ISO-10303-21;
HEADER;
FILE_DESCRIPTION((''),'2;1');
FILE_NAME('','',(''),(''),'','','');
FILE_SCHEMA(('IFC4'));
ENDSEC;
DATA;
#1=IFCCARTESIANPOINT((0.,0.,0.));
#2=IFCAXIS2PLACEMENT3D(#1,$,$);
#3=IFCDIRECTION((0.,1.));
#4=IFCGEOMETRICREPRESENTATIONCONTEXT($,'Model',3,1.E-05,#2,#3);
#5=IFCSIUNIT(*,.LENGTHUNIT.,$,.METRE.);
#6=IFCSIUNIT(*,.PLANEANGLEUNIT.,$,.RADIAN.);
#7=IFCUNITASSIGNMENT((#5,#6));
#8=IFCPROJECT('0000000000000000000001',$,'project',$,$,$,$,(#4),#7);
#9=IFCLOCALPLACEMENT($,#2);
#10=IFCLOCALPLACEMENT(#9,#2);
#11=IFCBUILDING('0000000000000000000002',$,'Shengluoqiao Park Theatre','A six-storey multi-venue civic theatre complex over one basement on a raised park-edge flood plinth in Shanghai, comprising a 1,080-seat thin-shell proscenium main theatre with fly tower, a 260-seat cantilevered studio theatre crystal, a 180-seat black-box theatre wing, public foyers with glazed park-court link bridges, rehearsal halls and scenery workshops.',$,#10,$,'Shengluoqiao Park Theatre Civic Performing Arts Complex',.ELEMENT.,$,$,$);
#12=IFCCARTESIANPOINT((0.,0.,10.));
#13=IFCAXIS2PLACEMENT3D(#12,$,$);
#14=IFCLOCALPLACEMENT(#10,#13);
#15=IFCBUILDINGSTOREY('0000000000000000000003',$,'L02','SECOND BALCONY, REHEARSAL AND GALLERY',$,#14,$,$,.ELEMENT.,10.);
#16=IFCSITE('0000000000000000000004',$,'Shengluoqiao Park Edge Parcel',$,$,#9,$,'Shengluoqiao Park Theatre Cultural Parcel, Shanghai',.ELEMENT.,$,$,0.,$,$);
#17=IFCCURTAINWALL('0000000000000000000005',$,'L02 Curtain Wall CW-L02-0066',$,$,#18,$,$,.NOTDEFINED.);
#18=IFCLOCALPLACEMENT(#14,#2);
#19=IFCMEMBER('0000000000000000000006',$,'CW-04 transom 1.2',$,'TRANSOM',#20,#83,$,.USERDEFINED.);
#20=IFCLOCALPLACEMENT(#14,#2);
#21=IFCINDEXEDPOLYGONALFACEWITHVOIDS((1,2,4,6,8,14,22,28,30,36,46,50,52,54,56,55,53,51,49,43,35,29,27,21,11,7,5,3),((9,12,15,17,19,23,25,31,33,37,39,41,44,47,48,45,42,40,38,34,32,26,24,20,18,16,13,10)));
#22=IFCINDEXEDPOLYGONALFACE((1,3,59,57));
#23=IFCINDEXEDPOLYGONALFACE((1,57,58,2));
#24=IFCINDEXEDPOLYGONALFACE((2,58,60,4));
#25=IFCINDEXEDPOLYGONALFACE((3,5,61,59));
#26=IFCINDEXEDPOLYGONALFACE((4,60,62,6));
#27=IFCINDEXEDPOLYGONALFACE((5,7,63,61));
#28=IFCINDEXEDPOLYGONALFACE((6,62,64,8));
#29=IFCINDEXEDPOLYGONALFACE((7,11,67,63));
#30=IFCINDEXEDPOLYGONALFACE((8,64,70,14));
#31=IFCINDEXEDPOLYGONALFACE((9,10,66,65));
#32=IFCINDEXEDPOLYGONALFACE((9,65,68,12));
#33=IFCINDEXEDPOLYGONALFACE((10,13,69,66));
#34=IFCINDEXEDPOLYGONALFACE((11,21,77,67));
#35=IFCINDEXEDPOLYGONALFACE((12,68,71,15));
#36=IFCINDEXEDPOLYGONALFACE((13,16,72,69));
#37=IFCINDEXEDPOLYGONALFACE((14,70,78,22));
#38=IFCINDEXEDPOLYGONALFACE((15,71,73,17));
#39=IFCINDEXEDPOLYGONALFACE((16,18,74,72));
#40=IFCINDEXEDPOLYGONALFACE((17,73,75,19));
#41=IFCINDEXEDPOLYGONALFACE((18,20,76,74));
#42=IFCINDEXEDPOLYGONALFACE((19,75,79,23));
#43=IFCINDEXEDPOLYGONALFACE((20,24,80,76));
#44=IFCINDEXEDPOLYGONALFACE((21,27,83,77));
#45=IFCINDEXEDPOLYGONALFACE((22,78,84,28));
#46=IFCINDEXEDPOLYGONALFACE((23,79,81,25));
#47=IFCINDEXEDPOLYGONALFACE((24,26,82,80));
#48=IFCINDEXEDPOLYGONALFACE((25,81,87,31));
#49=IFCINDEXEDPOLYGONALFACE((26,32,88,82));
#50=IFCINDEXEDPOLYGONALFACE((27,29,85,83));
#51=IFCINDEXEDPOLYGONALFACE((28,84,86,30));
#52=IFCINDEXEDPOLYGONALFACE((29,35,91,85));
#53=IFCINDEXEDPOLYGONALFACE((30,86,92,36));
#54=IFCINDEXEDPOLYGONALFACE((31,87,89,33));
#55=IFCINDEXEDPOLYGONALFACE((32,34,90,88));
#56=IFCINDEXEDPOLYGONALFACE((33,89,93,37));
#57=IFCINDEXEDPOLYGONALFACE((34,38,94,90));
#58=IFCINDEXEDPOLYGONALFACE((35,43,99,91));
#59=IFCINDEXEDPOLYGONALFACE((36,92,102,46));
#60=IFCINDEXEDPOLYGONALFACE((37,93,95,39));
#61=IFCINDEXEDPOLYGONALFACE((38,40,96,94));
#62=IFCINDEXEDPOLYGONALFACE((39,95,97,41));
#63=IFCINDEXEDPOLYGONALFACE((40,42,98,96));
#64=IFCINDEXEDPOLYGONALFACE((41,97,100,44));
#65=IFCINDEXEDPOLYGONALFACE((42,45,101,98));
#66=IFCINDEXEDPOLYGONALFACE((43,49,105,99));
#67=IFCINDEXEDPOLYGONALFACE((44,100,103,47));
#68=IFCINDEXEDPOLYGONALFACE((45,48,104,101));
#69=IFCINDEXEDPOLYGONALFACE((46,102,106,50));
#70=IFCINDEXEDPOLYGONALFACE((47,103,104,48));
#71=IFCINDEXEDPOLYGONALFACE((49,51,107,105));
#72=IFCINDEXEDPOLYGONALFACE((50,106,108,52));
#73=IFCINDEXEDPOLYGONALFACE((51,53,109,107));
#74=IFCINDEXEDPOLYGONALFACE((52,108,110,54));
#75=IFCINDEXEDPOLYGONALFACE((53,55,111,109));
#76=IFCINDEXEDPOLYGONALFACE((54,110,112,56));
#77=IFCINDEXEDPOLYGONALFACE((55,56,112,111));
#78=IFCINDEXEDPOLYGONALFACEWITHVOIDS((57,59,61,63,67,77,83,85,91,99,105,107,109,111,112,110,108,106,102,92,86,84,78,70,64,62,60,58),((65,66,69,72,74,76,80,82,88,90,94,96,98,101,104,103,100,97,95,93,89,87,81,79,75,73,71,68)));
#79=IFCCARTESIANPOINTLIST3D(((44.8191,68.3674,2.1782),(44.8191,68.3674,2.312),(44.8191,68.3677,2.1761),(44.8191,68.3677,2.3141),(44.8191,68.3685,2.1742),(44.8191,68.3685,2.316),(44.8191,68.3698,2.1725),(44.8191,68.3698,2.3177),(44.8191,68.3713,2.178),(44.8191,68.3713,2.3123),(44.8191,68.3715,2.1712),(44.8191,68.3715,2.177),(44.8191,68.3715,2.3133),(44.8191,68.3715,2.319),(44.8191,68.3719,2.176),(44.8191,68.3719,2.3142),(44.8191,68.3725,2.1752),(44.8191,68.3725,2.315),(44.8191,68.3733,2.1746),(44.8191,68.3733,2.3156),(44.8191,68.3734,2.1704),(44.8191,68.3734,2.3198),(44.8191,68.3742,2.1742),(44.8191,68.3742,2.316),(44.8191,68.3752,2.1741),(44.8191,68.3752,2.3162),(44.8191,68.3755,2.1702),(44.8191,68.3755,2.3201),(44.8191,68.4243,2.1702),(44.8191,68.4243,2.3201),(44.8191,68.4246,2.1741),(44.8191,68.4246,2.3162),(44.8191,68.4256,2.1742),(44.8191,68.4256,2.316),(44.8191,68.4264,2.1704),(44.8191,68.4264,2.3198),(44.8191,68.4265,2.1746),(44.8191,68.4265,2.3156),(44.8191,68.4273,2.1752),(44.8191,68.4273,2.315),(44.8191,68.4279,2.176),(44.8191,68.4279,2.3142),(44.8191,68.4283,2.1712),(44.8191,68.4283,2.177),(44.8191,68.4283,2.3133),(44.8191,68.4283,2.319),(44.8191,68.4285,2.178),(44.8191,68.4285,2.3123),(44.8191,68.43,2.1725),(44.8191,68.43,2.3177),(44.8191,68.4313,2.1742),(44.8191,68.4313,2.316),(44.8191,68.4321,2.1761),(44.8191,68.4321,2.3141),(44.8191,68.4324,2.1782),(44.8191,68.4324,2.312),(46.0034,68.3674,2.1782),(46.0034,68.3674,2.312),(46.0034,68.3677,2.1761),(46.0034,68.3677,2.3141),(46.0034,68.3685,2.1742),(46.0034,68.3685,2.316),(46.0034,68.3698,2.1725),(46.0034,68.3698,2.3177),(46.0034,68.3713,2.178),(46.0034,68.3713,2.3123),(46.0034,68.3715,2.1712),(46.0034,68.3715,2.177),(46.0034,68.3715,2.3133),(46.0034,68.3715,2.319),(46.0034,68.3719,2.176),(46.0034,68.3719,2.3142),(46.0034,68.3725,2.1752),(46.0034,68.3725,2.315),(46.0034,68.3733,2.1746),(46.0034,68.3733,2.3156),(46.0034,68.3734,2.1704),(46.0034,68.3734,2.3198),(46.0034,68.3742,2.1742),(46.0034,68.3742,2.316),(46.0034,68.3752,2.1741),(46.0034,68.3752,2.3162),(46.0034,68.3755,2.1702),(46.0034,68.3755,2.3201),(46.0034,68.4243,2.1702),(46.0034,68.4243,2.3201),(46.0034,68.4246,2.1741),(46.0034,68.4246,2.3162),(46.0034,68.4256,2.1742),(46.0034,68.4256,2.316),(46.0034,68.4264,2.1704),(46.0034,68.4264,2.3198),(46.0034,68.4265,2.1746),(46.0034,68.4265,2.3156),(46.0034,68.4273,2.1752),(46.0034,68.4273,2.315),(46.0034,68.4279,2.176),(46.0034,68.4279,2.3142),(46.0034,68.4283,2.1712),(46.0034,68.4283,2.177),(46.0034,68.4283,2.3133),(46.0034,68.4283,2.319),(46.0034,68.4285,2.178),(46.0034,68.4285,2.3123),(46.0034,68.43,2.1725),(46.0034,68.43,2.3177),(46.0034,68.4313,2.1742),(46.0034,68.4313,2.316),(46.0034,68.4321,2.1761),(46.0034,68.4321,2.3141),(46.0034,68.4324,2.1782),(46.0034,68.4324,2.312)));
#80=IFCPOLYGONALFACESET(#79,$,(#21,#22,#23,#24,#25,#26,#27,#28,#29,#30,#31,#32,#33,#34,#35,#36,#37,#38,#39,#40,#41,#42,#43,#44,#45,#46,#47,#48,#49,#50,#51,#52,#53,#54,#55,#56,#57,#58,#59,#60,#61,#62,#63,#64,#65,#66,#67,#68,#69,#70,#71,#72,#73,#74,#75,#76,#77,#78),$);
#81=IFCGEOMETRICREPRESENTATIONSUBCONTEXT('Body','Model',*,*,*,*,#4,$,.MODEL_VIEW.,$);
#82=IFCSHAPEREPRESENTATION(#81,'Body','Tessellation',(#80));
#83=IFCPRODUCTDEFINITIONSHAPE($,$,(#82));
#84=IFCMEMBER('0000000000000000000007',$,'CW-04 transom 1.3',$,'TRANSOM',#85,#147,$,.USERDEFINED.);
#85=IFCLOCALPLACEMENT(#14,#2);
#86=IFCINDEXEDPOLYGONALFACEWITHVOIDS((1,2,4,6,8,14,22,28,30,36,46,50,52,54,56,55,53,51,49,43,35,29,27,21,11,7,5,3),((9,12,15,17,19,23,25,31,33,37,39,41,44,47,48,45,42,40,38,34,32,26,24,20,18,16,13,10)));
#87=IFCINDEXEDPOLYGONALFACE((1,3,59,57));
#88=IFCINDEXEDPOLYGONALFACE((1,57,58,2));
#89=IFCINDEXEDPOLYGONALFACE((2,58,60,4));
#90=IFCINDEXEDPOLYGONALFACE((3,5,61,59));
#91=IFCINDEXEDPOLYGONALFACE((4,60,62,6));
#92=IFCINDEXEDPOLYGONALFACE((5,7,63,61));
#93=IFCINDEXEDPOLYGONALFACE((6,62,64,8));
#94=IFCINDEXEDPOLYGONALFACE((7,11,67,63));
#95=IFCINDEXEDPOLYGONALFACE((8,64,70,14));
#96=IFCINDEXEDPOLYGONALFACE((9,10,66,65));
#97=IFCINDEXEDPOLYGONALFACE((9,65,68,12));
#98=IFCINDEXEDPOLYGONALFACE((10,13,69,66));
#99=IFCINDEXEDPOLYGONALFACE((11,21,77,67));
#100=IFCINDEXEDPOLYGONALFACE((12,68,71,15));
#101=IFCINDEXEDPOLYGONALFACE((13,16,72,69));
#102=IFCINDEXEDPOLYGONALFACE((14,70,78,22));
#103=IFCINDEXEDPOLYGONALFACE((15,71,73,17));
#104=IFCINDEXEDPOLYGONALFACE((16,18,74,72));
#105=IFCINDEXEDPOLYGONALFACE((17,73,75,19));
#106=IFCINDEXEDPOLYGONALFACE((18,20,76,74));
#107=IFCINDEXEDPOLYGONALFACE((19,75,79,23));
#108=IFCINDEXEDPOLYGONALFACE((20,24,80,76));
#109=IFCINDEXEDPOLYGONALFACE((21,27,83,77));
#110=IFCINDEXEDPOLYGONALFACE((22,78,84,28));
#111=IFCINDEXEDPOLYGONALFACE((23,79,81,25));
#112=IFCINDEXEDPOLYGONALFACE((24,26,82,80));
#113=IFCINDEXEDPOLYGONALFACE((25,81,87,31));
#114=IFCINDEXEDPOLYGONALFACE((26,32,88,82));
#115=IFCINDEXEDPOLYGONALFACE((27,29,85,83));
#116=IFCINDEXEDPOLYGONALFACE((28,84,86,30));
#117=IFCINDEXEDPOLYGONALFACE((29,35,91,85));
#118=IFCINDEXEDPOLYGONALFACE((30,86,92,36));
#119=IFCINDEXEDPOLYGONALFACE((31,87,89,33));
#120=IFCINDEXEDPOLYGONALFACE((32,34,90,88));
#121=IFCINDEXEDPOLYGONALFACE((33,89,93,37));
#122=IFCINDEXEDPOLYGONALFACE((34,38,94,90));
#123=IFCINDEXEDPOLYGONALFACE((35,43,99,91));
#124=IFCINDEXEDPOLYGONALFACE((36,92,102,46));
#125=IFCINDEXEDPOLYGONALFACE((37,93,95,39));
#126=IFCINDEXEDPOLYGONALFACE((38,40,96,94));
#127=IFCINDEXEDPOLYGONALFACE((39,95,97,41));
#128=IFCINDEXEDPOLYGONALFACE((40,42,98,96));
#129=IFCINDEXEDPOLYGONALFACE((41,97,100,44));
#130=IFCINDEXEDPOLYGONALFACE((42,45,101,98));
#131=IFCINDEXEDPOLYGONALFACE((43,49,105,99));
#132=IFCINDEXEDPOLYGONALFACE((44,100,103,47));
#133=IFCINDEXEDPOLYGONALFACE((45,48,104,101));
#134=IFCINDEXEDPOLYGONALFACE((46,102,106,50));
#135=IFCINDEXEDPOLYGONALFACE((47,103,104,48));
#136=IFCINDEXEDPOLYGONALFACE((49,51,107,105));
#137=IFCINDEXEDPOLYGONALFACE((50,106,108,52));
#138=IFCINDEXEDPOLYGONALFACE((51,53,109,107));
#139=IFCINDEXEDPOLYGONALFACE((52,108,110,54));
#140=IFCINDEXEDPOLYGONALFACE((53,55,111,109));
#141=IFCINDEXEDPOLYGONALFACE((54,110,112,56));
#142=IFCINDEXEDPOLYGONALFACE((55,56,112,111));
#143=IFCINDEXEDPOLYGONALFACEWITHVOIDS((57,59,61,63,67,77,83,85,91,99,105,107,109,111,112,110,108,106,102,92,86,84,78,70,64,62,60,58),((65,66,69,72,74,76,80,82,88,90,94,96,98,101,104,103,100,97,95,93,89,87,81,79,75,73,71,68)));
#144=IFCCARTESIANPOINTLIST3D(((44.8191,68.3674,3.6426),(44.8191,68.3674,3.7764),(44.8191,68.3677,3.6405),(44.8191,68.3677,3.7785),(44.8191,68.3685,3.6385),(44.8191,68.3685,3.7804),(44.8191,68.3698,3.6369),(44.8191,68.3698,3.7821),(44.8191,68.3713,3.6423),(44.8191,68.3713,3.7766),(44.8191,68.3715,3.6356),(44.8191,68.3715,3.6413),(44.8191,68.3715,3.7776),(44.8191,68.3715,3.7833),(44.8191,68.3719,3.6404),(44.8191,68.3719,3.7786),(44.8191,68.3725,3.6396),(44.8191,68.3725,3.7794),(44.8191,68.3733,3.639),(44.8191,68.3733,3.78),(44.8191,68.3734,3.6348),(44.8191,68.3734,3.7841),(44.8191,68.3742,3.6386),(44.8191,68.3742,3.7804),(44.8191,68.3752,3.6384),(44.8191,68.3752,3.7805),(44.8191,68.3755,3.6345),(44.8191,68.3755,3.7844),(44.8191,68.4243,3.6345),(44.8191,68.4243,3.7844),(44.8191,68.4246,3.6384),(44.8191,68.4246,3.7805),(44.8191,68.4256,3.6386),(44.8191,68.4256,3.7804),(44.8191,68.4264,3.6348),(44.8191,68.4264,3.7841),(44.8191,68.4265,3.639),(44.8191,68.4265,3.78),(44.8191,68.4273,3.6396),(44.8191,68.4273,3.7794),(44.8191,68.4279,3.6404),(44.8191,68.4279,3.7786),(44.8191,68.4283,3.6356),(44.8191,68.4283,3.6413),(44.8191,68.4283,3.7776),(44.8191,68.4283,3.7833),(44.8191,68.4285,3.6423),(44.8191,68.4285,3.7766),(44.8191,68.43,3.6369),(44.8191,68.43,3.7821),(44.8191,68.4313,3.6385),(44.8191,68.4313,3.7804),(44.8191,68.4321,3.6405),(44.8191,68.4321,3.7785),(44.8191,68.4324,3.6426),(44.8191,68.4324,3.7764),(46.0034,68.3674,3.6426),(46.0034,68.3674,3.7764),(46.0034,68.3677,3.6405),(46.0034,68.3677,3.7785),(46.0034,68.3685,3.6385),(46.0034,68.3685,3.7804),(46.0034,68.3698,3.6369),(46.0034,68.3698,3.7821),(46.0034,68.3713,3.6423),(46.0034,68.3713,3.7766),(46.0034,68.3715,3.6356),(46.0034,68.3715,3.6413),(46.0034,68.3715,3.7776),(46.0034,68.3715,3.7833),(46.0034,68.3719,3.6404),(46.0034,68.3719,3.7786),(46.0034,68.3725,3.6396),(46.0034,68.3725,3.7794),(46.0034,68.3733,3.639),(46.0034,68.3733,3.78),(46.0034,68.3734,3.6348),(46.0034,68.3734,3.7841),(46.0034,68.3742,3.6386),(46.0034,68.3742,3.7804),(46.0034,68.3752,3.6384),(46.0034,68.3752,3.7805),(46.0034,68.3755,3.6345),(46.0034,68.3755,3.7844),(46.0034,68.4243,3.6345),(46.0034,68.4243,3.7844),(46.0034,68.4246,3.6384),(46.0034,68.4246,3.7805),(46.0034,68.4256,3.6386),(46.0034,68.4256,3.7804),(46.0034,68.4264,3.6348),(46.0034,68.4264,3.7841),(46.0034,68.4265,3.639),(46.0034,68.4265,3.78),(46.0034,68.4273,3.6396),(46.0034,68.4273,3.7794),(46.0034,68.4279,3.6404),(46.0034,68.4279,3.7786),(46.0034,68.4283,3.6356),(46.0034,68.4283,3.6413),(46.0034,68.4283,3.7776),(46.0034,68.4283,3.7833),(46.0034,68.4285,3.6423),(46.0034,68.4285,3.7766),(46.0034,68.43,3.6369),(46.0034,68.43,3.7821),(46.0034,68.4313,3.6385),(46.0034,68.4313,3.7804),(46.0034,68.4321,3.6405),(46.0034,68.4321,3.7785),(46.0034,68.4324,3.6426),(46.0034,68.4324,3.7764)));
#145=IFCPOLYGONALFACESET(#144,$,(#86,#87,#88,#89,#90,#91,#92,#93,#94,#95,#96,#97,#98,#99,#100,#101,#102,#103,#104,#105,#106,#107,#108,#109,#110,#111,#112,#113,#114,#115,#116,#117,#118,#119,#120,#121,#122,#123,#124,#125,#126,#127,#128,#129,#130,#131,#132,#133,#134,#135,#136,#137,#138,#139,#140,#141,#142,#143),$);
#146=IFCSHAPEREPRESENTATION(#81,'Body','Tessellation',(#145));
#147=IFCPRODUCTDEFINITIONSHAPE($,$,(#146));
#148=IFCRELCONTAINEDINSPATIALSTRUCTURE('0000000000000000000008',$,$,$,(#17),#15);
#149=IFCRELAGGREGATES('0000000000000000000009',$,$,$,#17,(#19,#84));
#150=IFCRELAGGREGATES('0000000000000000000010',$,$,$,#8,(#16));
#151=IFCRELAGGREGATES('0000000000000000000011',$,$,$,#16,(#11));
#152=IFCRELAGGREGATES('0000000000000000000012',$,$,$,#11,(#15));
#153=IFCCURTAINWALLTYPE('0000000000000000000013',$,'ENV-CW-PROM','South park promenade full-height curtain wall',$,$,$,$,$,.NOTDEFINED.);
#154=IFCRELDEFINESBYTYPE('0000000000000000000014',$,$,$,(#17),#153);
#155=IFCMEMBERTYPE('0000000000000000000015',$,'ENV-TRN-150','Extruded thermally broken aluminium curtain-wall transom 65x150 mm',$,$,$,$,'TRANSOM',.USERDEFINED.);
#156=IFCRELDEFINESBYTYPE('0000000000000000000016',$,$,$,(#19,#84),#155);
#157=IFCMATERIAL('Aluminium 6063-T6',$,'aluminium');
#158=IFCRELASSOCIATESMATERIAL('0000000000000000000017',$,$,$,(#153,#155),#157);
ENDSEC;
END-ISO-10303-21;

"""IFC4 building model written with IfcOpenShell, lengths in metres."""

from ifc_helpers import new_model, si_unit, direction, frame, origin, origin_2d, place, context, subcontext, project, spatial, hollow_rectangle, extrude, material, material_profile, profile_set, type_object, element, aggregate, save


model = new_model("IFC4")

# Units and contexts
model_context = context("Model", 3, precision=1e-05, world=origin(), true_north=direction((0.0, 1.0)))
body_context = subcontext(model_context, "Body", "Model", "MODEL_VIEW")
ifc_project = project(units=[si_unit("LENGTHUNIT", "METRE"), si_unit("PLANEANGLEUNIT", "RADIAN")], contexts=[model_context])

# Site, building, storey
site_placement = place(None, origin())
site = spatial("IfcSite", under=ifc_project, at=site_placement, Name="Shengluoqiao Park Edge Parcel", LongName="Shengluoqiao Park Theatre Cultural Parcel, Shanghai", CompositionType="ELEMENT", RefElevation=0.0)
building_placement = place(site_placement, origin())
building = spatial("IfcBuilding", under=site, at=building_placement, Name="Shengluoqiao Park Theatre", Description="A six-storey multi-venue civic theatre complex over one basement on a raised park-edge flood plinth in Shanghai, comprising a 1,080-seat thin-shell proscenium main theatre with fly tower, a 260-seat cantilevered studio theatre crystal, a 180-seat black-box theatre wing, public foyers with glazed park-court link bridges, rehearsal halls and scenery workshops.", LongName="Shengluoqiao Park Theatre Civic Performing Arts Complex", CompositionType="ELEMENT")
storey_placement = place(building_placement, frame((0.0, 0.0, 10.0)))
storey = spatial("IfcBuildingStorey", under=building, at=storey_placement, Name="L02", Description="SECOND BALCONY, REHEARSAL AND GALLERY", CompositionType="ELEMENT", Elevation=10.0)

# Curtain wall
ifc_material_1 = material(Name="Aluminium 6063-T6", Category="aluminium")
curtain_wall_type = type_object("IfcCurtainWallType", Name="ENV-CW-PROM", Description="South park promenade full-height curtain wall", PredefinedType="NOTDEFINED", material=ifc_material_1)
curtain_wall_1_placement = place(storey_placement, origin())
curtain_wall_1 = element("IfcCurtainWall", 1, at=curtain_wall_1_placement, inside=storey, type_object=curtain_wall_type, Name="L02 Curtain Wall CW-L02-0066", PredefinedType="NOTDEFINED")

# Members
ifc_material_profile_1 = material_profile(ifc_material_1, hollow_rectangle(XDim=0.0649, YDim=0.1499, WallThickness=0.0039, InnerFilletRadius=0.0039, OuterFilletRadius=0.0081, at=origin_2d()), Name="ALU TRANSOM 150x65x4")
ifc_profile_set_1 = profile_set([ifc_material_profile_1], Name="Aluminium 6063-T6")
member_type_1 = type_object("IfcMemberType", Name="ENV-TRN-150", Description="Extruded thermally broken aluminium curtain-wall transom 65x150 mm", ElementType="TRANSOM", PredefinedType="USERDEFINED", material=ifc_profile_set_1)
member_1_placement = place(storey_placement, frame((44.8191, 68.3999, 2.2451), z_axis=(1.0, 0.0, 0.0), x_axis=(0.0, 1.0, 0.0)))
member_1 = element("IfcMember", 2, at=member_1_placement, type_object=member_type_1, Name="CW-04 transom 1.2", ObjectType="TRANSOM", PredefinedType="USERDEFINED", context=body_context, shape_type="SweptSolid", body=[
    extrude(hollow_rectangle(XDim=0.0649, YDim=0.1499, WallThickness=0.0039, InnerFilletRadius=0.0039, OuterFilletRadius=0.0081, at=origin_2d()), origin(), (0.0, 0.0, 1.0), 1.1843),
])
member_2_placement = place(storey_placement, frame((44.8191, 68.3999, 3.7095), z_axis=(1.0, 0.0, 0.0), x_axis=(0.0, 1.0, 0.0)))
member_2 = element("IfcMember", 3, at=member_2_placement, type_object=member_type_1, Name="CW-04 transom 1.3", ObjectType="TRANSOM", PredefinedType="USERDEFINED", context=body_context, shape_type="SweptSolid", body=[
    extrude(hollow_rectangle(XDim=0.0649, YDim=0.1499, WallThickness=0.0039, InnerFilletRadius=0.0039, OuterFilletRadius=0.0081, at=origin_2d()), origin(), (0.0, 0.0, 1.0), 1.1843),
])

aggregate(curtain_wall_1, [member_1, member_2])

save(model, "model.ifc")
